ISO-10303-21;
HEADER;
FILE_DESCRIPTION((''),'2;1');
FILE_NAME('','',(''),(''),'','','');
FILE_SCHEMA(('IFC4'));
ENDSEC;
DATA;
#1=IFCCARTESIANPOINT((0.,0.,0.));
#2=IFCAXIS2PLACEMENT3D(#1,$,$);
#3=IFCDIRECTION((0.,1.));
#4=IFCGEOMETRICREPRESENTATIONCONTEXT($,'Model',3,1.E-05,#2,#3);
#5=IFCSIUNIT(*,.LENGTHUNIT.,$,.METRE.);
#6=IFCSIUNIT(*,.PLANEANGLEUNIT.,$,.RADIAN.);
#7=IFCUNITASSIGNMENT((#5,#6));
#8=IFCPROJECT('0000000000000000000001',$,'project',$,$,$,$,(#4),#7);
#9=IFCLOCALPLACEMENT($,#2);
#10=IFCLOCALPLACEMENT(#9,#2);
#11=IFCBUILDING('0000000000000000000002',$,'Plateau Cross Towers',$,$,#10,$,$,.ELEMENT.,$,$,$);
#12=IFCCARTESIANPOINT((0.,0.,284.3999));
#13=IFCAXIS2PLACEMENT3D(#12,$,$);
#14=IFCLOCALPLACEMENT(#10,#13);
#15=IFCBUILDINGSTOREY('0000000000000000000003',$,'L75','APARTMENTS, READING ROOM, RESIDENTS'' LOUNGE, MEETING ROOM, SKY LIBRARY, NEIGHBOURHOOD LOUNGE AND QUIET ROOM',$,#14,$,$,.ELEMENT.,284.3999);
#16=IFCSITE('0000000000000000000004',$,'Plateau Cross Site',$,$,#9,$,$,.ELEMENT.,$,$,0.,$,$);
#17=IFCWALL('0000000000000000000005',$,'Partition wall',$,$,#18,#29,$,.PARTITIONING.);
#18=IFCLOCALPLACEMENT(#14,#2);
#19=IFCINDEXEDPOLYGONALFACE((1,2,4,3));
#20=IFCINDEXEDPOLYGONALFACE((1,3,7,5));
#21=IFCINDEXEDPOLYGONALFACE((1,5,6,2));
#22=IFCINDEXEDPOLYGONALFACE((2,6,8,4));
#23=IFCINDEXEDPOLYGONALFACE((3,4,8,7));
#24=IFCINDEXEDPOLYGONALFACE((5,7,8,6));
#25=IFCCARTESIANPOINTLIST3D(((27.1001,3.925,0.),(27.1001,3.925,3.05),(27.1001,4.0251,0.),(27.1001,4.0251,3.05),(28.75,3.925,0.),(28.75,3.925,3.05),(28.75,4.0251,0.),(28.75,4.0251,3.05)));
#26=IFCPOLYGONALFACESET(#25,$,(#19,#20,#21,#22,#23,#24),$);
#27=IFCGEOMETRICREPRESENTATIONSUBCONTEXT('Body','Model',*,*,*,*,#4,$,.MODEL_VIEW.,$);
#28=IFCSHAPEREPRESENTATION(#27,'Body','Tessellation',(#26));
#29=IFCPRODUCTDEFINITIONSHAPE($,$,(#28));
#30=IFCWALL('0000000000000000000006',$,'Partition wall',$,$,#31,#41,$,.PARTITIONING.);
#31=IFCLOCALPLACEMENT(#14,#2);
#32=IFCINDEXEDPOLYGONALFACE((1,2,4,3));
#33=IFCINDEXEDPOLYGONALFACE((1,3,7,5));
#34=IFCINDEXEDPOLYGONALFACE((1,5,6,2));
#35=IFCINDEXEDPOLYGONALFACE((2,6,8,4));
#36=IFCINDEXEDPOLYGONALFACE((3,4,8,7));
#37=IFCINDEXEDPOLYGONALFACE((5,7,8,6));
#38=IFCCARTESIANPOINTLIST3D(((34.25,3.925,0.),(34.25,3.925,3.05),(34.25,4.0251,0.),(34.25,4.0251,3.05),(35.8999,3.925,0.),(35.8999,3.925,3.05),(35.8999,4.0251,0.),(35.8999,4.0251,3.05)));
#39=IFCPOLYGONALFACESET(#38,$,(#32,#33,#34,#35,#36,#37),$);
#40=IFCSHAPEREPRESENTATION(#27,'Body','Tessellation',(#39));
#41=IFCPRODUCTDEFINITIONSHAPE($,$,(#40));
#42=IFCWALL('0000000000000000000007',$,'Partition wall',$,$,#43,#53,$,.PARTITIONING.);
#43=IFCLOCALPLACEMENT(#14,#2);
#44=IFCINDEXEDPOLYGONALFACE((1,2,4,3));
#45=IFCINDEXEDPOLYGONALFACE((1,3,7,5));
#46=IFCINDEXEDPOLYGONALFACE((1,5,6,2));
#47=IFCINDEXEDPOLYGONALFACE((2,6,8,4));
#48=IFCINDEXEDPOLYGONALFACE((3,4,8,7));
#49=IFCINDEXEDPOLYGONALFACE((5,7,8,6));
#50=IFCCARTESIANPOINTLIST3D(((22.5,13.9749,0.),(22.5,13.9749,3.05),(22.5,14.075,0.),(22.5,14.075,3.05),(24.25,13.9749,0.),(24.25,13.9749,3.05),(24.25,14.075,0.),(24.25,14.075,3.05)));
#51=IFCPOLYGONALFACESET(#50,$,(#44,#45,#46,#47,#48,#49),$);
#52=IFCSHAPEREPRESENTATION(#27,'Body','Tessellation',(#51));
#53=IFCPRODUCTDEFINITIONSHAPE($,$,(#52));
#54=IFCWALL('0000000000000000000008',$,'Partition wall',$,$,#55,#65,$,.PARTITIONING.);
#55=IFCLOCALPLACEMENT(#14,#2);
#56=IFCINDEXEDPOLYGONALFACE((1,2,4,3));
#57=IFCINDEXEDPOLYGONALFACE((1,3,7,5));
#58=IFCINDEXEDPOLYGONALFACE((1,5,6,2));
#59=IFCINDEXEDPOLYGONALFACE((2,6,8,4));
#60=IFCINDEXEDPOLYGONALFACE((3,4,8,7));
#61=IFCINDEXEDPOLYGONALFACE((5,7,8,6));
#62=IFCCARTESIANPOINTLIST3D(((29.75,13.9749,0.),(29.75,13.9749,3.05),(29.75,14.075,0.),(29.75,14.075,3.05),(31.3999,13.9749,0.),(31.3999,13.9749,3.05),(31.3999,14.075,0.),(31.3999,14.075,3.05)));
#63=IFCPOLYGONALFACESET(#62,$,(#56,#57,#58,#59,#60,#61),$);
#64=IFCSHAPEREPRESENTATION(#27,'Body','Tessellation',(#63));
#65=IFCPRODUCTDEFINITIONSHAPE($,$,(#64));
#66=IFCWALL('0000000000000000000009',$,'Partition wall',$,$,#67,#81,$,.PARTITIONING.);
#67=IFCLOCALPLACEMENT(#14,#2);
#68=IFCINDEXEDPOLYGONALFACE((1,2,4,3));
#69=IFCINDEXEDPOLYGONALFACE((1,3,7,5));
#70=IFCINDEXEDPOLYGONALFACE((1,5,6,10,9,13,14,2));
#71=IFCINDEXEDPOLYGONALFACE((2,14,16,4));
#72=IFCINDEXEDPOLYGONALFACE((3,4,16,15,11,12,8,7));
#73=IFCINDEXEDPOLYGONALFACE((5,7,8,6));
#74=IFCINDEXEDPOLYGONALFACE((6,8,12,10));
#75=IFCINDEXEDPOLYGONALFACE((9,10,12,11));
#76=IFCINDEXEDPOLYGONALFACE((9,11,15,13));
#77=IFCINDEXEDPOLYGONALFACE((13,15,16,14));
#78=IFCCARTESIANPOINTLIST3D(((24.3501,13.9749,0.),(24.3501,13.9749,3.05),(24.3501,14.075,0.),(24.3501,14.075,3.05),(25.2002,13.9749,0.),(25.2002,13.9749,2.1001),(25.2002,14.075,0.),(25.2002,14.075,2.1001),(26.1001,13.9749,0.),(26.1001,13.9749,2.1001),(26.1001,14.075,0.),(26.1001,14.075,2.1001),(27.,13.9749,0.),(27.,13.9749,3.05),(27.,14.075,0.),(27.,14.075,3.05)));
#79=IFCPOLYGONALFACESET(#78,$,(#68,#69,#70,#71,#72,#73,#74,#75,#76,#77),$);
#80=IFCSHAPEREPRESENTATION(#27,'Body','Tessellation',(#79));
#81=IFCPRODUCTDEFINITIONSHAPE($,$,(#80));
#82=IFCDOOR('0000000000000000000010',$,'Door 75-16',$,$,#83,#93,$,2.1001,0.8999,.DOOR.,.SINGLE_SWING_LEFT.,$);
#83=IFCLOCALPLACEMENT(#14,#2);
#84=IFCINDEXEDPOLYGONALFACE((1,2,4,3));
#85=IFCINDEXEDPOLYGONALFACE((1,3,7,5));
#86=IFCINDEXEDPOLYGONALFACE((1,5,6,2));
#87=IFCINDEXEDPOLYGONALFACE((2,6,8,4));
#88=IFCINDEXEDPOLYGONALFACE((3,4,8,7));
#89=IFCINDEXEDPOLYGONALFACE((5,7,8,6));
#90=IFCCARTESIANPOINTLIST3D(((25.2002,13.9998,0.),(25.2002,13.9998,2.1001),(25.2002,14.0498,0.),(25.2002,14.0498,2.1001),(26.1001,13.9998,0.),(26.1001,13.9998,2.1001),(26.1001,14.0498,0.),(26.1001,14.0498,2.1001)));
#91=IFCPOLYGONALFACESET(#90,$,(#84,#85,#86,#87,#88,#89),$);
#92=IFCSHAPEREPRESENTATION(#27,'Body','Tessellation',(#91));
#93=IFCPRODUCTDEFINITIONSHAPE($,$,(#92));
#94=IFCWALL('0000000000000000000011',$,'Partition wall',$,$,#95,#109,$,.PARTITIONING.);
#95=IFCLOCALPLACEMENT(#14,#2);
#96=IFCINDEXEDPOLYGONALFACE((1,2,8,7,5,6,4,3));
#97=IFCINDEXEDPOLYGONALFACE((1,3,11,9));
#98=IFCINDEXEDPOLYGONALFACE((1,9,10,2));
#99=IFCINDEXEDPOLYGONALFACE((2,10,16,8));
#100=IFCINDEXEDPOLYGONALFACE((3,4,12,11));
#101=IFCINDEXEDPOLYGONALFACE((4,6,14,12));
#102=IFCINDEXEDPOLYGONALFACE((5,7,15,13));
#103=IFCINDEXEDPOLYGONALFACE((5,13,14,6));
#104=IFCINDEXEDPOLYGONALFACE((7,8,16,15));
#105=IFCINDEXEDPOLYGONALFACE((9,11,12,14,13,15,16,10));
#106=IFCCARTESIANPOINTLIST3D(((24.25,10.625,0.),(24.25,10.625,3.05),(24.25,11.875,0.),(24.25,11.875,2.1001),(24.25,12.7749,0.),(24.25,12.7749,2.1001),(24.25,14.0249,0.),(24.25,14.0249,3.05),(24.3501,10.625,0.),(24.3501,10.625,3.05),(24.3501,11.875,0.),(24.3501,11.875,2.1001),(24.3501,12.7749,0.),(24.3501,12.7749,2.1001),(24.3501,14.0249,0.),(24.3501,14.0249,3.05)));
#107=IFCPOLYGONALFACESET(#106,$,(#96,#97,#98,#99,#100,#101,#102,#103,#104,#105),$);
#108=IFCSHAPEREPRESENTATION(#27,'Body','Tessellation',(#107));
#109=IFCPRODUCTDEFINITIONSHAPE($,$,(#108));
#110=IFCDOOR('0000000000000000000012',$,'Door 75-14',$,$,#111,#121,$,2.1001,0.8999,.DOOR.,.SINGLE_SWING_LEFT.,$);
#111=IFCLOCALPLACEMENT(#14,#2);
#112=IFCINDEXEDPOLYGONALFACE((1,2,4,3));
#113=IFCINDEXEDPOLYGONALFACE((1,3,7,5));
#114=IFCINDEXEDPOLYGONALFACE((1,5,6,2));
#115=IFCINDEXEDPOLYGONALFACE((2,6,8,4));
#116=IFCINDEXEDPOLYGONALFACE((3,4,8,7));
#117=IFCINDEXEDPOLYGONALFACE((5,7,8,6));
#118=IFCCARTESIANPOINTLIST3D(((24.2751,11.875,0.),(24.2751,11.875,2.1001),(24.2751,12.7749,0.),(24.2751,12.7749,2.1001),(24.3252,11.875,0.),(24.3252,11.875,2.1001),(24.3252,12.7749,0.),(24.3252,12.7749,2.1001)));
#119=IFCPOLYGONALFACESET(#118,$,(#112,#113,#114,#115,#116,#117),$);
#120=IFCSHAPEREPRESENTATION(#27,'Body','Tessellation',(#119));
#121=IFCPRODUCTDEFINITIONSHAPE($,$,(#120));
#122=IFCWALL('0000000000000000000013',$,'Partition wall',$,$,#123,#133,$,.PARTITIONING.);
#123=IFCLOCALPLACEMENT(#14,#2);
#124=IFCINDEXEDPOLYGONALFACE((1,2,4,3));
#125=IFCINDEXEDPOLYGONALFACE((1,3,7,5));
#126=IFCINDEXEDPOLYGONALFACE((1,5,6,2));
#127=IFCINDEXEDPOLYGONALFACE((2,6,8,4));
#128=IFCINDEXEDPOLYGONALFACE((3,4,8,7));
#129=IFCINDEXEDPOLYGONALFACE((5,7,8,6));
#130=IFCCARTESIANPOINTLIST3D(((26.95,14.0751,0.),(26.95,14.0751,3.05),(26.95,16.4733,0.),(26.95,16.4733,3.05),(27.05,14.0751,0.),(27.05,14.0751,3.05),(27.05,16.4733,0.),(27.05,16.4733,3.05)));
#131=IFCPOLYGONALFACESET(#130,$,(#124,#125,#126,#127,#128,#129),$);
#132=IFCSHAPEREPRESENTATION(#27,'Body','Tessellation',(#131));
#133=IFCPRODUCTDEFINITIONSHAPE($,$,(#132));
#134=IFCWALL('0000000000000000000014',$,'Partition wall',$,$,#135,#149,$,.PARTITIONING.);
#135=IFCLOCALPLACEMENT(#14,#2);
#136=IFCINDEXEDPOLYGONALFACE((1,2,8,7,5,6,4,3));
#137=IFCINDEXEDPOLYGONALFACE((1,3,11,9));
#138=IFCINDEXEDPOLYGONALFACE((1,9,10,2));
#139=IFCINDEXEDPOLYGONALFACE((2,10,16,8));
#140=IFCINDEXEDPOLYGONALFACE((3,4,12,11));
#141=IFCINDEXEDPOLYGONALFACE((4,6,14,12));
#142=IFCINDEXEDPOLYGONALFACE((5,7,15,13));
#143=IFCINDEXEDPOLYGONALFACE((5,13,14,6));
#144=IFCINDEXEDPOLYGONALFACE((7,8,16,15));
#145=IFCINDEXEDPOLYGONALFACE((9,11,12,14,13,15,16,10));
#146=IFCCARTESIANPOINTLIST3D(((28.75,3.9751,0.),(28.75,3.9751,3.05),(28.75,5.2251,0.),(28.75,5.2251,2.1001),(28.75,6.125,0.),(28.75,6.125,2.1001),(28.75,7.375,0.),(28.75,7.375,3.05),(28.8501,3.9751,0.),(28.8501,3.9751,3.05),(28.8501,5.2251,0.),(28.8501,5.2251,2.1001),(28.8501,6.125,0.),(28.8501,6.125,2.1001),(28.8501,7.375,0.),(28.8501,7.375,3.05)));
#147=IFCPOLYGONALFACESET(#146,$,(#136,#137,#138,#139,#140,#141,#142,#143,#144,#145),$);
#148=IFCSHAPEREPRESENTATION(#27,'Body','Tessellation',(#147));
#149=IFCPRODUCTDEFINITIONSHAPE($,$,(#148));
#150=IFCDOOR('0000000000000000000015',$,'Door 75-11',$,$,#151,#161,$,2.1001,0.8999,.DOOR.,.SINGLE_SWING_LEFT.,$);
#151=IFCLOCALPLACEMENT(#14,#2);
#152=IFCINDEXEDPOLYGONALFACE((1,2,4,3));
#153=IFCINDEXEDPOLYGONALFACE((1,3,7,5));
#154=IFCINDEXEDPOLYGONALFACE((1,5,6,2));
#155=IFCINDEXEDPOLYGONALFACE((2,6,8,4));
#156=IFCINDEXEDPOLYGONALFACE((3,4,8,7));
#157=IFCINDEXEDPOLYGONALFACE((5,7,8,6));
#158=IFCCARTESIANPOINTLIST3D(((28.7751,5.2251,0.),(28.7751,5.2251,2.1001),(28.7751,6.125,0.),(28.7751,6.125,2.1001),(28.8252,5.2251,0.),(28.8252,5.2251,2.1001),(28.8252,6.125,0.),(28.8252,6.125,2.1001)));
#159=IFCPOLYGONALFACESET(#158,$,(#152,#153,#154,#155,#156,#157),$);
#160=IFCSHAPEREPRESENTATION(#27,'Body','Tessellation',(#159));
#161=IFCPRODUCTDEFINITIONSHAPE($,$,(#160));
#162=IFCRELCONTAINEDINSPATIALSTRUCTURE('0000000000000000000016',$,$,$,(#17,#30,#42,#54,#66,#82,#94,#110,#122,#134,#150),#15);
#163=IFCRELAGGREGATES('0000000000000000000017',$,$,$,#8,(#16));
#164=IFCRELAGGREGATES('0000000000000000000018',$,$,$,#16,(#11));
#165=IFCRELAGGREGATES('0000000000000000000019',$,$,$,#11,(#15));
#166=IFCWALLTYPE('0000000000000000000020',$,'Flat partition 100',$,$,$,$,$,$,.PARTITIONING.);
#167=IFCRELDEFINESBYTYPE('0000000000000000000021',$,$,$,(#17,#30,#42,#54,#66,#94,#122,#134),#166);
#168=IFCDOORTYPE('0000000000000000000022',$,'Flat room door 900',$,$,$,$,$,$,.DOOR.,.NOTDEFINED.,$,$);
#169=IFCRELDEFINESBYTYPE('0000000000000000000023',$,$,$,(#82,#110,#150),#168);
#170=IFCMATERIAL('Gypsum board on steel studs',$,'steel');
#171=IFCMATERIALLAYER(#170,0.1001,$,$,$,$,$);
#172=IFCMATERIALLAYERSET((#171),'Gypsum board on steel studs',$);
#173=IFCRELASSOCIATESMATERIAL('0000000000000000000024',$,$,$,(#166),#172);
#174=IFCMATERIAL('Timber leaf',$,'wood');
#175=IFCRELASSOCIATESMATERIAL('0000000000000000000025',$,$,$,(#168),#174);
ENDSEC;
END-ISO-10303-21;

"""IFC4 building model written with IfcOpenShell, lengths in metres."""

from ifc_helpers import new_model, si_unit, direction, frame, frame_2d, origin, place, context, subcontext, project, spatial, rectangle, extrude, material, layer, layer_set, type_object, element, fill, save


model = new_model("IFC4")

# Units and contexts
model_context = context("Model", 3, precision=1e-05, world=origin(), true_north=direction((0.0, 1.0)))
body_context = subcontext(model_context, "Body", "Model", "MODEL_VIEW")
ifc_project = project(units=[si_unit("LENGTHUNIT", "METRE"), si_unit("PLANEANGLEUNIT", "RADIAN")], contexts=[model_context])

# Site, building, storey
site_placement = place(None, origin())
site = spatial("IfcSite", under=ifc_project, at=site_placement, Name="Plateau Cross Site", CompositionType="ELEMENT", RefElevation=0.0)
building_placement = place(site_placement, origin())
building = spatial("IfcBuilding", under=site, at=building_placement, Name="Plateau Cross Towers", CompositionType="ELEMENT")
storey_placement = place(building_placement, frame((0.0, 0.0, 284.3999)))
storey = spatial("IfcBuildingStorey", under=building, at=storey_placement, Name="L75", Description="APARTMENTS, READING ROOM, RESIDENTS' LOUNGE, MEETING ROOM, SKY LIBRARY, NEIGHBOURHOOD LOUNGE AND QUIET ROOM", CompositionType="ELEMENT", Elevation=284.3999)

# Shared definitions
ifc_material_1 = material(Name="Gypsum board on steel studs", Category="steel")
ifc_layer_1 = layer(ifc_material_1, 0.1001)
ifc_layer_set_1 = layer_set([ifc_layer_1], Name="Gypsum board on steel studs")
wall_type_1 = type_object("IfcWallType", Name="Flat partition 100", PredefinedType="PARTITIONING", material=ifc_layer_set_1)
ifc_material_2 = material(Name="Timber leaf", Category="wood")
door_type = type_object("IfcDoorType", Name="Flat room door 900", OperationType="NOTDEFINED", PredefinedType="DOOR", material=ifc_material_2)

# Walls
for number, where, z_axis, x_axis, name in (
    (1, (27.1001, 3.9751, 0.0), (0.0, 0.0, 1.0), (1.0, 0.0, 0.0), "Partition wall"),
    (2, (34.25, 3.9751, 0.0), (0.0, 0.0, 1.0), (1.0, 0.0, 0.0), "Partition wall"),
):
    element("IfcWall", number, at=place(storey_placement, frame(where, z_axis=z_axis, x_axis=x_axis)), inside=storey, type_object=wall_type_1, Name=name, PredefinedType="PARTITIONING", context=body_context, shape_type="SweptSolid", body=[
        extrude(rectangle(XDim=1.6499, YDim=0.1001, at=frame_2d((0.825, 0.0))), origin(), (0.0, 0.0, 1.0), 3.05),
    ])
wall_1_placement = place(storey_placement, frame((24.25, 14.0249, 0.0), z_axis=(0.0, 0.0, 1.0), x_axis=(-1.0, 0.0, 0.0)))
element("IfcWall", 3, at=wall_1_placement, inside=storey, type_object=wall_type_1, Name="Partition wall", PredefinedType="PARTITIONING", context=body_context, shape_type="SweptSolid", body=[
    extrude(rectangle(XDim=1.75, YDim=0.1001, at=frame_2d((0.875, 0.0))), origin(), (0.0, 0.0, 1.0), 3.05),
])
wall_2_placement = place(storey_placement, frame((31.3999, 14.0249, 0.0), z_axis=(0.0, 0.0, 1.0), x_axis=(-1.0, 0.0, 0.0)))
element("IfcWall", 4, at=wall_2_placement, inside=storey, type_object=wall_type_1, Name="Partition wall", PredefinedType="PARTITIONING", context=body_context, shape_type="SweptSolid", body=[
    extrude(rectangle(XDim=1.6499, YDim=0.1001, at=frame_2d((0.825, 0.0))), origin(), (0.0, 0.0, 1.0), 3.05),
])

# Walls, openings, doors
wall_3_placement = place(storey_placement, frame((24.3501, 14.0249, 0.0), z_axis=(0.0, 0.0, 1.0), x_axis=(1.0, 0.0, 0.0)))
wall_3 = element("IfcWall", 5, at=wall_3_placement, inside=storey, type_object=wall_type_1, Name="Partition wall", PredefinedType="PARTITIONING", context=body_context, shape_type="SweptSolid", body=[
    extrude(rectangle(XDim=2.6499, YDim=0.1001, at=frame_2d((1.325, 0.0))), origin(), (0.0, 0.0, 1.0), 3.05),
])
opening_1_placement = place(wall_3_placement, frame((0.8501, 0.0, 0.0)))
opening_1 = element("IfcOpeningElement", 6, at=opening_1_placement, cuts=wall_3, PredefinedType="OPENING", context=body_context, shape_type="SweptSolid", body=[
    extrude(rectangle(XDim=0.8999, YDim=2.1001, at=frame_2d((0.45, 1.05))), frame((0.0, 0.0601, 0.0), z_axis=(0.0, -1.0, 0.0), x_axis=(1.0, 0.0, 0.0)), (0.0, 0.0, 1.0), 0.1201),
])
door_1_placement = place(opening_1_placement, origin())
door_1 = element("IfcDoor", 7, at=door_1_placement, inside=storey, type_object=door_type, Name="Door 75-16", OperationType="SINGLE_SWING_LEFT", OverallHeight=2.1001, OverallWidth=0.8999, PredefinedType="DOOR", context=body_context, shape_type="SweptSolid", body=[
    extrude(rectangle(XDim=0.8999, YDim=2.1001, at=frame_2d((0.45, 1.05))), frame((0.0, 0.0249, 0.0), z_axis=(0.0, -1.0, 0.0), x_axis=(1.0, 0.0, 0.0)), (0.0, 0.0, 1.0), 0.05),
])
fill(opening_1, door_1)
wall_4_placement = place(storey_placement, frame((24.3, 10.625, 0.0), z_axis=(0.0, 0.0, 1.0), x_axis=(0.0, 1.0, 0.0)))
wall_4 = element("IfcWall", 8, at=wall_4_placement, inside=storey, type_object=wall_type_1, Name="Partition wall", PredefinedType="PARTITIONING", context=body_context, shape_type="SweptSolid", body=[
    extrude(rectangle(XDim=3.3999, YDim=0.1001, at=frame_2d((1.7, 0.0))), origin(), (0.0, 0.0, 1.0), 3.05),
])
opening_2_placement = place(wall_4_placement, frame((1.25, 0.0, 0.0)))
opening_2 = element("IfcOpeningElement", 9, at=opening_2_placement, cuts=wall_4, PredefinedType="OPENING", context=body_context, shape_type="SweptSolid", body=[
    extrude(rectangle(XDim=0.8999, YDim=2.1001, at=frame_2d((0.45, 1.05))), frame((0.0, 0.0601, 0.0), z_axis=(0.0, -1.0, 0.0), x_axis=(1.0, 0.0, 0.0)), (0.0, 0.0, 1.0), 0.1201),
])
door_2_placement = place(opening_2_placement, origin())
door_2 = element("IfcDoor", 10, at=door_2_placement, inside=storey, type_object=door_type, Name="Door 75-14", OperationType="SINGLE_SWING_LEFT", OverallHeight=2.1001, OverallWidth=0.8999, PredefinedType="DOOR", context=body_context, shape_type="SweptSolid", body=[
    extrude(rectangle(XDim=0.8999, YDim=2.1001, at=frame_2d((0.45, 1.05))), frame((0.0, 0.0249, 0.0), z_axis=(0.0, -1.0, 0.0), x_axis=(1.0, 0.0, 0.0)), (0.0, 0.0, 1.0), 0.05),
])
fill(opening_2, door_2)

# Wall
wall_5_placement = place(storey_placement, frame((27.0, 14.075, 0.0), z_axis=(0.0, 0.0, 1.0), x_axis=(0.0, 1.0, 0.0)))
element("IfcWall", 11, at=wall_5_placement, inside=storey, type_object=wall_type_1, Name="Partition wall", PredefinedType="PARTITIONING", context=body_context, shape_type="SweptSolid", body=[
    extrude(rectangle(XDim=2.3982, YDim=0.1001, at=frame_2d((1.1992, 0.0))), origin(), (0.0, 0.0, 1.0), 3.05),
])

# Wall, opening, door
wall_6_placement = place(storey_placement, frame((28.8, 3.9751, 0.0), z_axis=(0.0, 0.0, 1.0), x_axis=(0.0, 1.0, 0.0)))
wall_6 = element("IfcWall", 12, at=wall_6_placement, inside=storey, type_object=wall_type_1, Name="Partition wall", PredefinedType="PARTITIONING", context=body_context, shape_type="SweptSolid", body=[
    extrude(rectangle(XDim=3.3999, YDim=0.1001, at=frame_2d((1.7, 0.0))), origin(), (0.0, 0.0, 1.0), 3.05),
])
opening_3_placement = place(wall_6_placement, frame((1.25, 0.0, 0.0)))
opening_3 = element("IfcOpeningElement", 13, at=opening_3_placement, cuts=wall_6, PredefinedType="OPENING", context=body_context, shape_type="SweptSolid", body=[
    extrude(rectangle(XDim=0.8999, YDim=2.1001, at=frame_2d((0.45, 1.05))), frame((0.0, 0.0601, 0.0), z_axis=(0.0, -1.0, 0.0), x_axis=(1.0, 0.0, 0.0)), (0.0, 0.0, 1.0), 0.1201),
])
door_3_placement = place(opening_3_placement, origin())
door_3 = element("IfcDoor", 14, at=door_3_placement, inside=storey, type_object=door_type, Name="Door 75-11", OperationType="SINGLE_SWING_LEFT", OverallHeight=2.1001, OverallWidth=0.8999, PredefinedType="DOOR", context=body_context, shape_type="SweptSolid", body=[
    extrude(rectangle(XDim=0.8999, YDim=2.1001, at=frame_2d((0.45, 1.05))), frame((0.0, 0.0249, 0.0), z_axis=(0.0, -1.0, 0.0), x_axis=(1.0, 0.0, 0.0)), (0.0, 0.0, 1.0), 0.05),
])
fill(opening_3, door_3)

save(model, "model.ifc")
